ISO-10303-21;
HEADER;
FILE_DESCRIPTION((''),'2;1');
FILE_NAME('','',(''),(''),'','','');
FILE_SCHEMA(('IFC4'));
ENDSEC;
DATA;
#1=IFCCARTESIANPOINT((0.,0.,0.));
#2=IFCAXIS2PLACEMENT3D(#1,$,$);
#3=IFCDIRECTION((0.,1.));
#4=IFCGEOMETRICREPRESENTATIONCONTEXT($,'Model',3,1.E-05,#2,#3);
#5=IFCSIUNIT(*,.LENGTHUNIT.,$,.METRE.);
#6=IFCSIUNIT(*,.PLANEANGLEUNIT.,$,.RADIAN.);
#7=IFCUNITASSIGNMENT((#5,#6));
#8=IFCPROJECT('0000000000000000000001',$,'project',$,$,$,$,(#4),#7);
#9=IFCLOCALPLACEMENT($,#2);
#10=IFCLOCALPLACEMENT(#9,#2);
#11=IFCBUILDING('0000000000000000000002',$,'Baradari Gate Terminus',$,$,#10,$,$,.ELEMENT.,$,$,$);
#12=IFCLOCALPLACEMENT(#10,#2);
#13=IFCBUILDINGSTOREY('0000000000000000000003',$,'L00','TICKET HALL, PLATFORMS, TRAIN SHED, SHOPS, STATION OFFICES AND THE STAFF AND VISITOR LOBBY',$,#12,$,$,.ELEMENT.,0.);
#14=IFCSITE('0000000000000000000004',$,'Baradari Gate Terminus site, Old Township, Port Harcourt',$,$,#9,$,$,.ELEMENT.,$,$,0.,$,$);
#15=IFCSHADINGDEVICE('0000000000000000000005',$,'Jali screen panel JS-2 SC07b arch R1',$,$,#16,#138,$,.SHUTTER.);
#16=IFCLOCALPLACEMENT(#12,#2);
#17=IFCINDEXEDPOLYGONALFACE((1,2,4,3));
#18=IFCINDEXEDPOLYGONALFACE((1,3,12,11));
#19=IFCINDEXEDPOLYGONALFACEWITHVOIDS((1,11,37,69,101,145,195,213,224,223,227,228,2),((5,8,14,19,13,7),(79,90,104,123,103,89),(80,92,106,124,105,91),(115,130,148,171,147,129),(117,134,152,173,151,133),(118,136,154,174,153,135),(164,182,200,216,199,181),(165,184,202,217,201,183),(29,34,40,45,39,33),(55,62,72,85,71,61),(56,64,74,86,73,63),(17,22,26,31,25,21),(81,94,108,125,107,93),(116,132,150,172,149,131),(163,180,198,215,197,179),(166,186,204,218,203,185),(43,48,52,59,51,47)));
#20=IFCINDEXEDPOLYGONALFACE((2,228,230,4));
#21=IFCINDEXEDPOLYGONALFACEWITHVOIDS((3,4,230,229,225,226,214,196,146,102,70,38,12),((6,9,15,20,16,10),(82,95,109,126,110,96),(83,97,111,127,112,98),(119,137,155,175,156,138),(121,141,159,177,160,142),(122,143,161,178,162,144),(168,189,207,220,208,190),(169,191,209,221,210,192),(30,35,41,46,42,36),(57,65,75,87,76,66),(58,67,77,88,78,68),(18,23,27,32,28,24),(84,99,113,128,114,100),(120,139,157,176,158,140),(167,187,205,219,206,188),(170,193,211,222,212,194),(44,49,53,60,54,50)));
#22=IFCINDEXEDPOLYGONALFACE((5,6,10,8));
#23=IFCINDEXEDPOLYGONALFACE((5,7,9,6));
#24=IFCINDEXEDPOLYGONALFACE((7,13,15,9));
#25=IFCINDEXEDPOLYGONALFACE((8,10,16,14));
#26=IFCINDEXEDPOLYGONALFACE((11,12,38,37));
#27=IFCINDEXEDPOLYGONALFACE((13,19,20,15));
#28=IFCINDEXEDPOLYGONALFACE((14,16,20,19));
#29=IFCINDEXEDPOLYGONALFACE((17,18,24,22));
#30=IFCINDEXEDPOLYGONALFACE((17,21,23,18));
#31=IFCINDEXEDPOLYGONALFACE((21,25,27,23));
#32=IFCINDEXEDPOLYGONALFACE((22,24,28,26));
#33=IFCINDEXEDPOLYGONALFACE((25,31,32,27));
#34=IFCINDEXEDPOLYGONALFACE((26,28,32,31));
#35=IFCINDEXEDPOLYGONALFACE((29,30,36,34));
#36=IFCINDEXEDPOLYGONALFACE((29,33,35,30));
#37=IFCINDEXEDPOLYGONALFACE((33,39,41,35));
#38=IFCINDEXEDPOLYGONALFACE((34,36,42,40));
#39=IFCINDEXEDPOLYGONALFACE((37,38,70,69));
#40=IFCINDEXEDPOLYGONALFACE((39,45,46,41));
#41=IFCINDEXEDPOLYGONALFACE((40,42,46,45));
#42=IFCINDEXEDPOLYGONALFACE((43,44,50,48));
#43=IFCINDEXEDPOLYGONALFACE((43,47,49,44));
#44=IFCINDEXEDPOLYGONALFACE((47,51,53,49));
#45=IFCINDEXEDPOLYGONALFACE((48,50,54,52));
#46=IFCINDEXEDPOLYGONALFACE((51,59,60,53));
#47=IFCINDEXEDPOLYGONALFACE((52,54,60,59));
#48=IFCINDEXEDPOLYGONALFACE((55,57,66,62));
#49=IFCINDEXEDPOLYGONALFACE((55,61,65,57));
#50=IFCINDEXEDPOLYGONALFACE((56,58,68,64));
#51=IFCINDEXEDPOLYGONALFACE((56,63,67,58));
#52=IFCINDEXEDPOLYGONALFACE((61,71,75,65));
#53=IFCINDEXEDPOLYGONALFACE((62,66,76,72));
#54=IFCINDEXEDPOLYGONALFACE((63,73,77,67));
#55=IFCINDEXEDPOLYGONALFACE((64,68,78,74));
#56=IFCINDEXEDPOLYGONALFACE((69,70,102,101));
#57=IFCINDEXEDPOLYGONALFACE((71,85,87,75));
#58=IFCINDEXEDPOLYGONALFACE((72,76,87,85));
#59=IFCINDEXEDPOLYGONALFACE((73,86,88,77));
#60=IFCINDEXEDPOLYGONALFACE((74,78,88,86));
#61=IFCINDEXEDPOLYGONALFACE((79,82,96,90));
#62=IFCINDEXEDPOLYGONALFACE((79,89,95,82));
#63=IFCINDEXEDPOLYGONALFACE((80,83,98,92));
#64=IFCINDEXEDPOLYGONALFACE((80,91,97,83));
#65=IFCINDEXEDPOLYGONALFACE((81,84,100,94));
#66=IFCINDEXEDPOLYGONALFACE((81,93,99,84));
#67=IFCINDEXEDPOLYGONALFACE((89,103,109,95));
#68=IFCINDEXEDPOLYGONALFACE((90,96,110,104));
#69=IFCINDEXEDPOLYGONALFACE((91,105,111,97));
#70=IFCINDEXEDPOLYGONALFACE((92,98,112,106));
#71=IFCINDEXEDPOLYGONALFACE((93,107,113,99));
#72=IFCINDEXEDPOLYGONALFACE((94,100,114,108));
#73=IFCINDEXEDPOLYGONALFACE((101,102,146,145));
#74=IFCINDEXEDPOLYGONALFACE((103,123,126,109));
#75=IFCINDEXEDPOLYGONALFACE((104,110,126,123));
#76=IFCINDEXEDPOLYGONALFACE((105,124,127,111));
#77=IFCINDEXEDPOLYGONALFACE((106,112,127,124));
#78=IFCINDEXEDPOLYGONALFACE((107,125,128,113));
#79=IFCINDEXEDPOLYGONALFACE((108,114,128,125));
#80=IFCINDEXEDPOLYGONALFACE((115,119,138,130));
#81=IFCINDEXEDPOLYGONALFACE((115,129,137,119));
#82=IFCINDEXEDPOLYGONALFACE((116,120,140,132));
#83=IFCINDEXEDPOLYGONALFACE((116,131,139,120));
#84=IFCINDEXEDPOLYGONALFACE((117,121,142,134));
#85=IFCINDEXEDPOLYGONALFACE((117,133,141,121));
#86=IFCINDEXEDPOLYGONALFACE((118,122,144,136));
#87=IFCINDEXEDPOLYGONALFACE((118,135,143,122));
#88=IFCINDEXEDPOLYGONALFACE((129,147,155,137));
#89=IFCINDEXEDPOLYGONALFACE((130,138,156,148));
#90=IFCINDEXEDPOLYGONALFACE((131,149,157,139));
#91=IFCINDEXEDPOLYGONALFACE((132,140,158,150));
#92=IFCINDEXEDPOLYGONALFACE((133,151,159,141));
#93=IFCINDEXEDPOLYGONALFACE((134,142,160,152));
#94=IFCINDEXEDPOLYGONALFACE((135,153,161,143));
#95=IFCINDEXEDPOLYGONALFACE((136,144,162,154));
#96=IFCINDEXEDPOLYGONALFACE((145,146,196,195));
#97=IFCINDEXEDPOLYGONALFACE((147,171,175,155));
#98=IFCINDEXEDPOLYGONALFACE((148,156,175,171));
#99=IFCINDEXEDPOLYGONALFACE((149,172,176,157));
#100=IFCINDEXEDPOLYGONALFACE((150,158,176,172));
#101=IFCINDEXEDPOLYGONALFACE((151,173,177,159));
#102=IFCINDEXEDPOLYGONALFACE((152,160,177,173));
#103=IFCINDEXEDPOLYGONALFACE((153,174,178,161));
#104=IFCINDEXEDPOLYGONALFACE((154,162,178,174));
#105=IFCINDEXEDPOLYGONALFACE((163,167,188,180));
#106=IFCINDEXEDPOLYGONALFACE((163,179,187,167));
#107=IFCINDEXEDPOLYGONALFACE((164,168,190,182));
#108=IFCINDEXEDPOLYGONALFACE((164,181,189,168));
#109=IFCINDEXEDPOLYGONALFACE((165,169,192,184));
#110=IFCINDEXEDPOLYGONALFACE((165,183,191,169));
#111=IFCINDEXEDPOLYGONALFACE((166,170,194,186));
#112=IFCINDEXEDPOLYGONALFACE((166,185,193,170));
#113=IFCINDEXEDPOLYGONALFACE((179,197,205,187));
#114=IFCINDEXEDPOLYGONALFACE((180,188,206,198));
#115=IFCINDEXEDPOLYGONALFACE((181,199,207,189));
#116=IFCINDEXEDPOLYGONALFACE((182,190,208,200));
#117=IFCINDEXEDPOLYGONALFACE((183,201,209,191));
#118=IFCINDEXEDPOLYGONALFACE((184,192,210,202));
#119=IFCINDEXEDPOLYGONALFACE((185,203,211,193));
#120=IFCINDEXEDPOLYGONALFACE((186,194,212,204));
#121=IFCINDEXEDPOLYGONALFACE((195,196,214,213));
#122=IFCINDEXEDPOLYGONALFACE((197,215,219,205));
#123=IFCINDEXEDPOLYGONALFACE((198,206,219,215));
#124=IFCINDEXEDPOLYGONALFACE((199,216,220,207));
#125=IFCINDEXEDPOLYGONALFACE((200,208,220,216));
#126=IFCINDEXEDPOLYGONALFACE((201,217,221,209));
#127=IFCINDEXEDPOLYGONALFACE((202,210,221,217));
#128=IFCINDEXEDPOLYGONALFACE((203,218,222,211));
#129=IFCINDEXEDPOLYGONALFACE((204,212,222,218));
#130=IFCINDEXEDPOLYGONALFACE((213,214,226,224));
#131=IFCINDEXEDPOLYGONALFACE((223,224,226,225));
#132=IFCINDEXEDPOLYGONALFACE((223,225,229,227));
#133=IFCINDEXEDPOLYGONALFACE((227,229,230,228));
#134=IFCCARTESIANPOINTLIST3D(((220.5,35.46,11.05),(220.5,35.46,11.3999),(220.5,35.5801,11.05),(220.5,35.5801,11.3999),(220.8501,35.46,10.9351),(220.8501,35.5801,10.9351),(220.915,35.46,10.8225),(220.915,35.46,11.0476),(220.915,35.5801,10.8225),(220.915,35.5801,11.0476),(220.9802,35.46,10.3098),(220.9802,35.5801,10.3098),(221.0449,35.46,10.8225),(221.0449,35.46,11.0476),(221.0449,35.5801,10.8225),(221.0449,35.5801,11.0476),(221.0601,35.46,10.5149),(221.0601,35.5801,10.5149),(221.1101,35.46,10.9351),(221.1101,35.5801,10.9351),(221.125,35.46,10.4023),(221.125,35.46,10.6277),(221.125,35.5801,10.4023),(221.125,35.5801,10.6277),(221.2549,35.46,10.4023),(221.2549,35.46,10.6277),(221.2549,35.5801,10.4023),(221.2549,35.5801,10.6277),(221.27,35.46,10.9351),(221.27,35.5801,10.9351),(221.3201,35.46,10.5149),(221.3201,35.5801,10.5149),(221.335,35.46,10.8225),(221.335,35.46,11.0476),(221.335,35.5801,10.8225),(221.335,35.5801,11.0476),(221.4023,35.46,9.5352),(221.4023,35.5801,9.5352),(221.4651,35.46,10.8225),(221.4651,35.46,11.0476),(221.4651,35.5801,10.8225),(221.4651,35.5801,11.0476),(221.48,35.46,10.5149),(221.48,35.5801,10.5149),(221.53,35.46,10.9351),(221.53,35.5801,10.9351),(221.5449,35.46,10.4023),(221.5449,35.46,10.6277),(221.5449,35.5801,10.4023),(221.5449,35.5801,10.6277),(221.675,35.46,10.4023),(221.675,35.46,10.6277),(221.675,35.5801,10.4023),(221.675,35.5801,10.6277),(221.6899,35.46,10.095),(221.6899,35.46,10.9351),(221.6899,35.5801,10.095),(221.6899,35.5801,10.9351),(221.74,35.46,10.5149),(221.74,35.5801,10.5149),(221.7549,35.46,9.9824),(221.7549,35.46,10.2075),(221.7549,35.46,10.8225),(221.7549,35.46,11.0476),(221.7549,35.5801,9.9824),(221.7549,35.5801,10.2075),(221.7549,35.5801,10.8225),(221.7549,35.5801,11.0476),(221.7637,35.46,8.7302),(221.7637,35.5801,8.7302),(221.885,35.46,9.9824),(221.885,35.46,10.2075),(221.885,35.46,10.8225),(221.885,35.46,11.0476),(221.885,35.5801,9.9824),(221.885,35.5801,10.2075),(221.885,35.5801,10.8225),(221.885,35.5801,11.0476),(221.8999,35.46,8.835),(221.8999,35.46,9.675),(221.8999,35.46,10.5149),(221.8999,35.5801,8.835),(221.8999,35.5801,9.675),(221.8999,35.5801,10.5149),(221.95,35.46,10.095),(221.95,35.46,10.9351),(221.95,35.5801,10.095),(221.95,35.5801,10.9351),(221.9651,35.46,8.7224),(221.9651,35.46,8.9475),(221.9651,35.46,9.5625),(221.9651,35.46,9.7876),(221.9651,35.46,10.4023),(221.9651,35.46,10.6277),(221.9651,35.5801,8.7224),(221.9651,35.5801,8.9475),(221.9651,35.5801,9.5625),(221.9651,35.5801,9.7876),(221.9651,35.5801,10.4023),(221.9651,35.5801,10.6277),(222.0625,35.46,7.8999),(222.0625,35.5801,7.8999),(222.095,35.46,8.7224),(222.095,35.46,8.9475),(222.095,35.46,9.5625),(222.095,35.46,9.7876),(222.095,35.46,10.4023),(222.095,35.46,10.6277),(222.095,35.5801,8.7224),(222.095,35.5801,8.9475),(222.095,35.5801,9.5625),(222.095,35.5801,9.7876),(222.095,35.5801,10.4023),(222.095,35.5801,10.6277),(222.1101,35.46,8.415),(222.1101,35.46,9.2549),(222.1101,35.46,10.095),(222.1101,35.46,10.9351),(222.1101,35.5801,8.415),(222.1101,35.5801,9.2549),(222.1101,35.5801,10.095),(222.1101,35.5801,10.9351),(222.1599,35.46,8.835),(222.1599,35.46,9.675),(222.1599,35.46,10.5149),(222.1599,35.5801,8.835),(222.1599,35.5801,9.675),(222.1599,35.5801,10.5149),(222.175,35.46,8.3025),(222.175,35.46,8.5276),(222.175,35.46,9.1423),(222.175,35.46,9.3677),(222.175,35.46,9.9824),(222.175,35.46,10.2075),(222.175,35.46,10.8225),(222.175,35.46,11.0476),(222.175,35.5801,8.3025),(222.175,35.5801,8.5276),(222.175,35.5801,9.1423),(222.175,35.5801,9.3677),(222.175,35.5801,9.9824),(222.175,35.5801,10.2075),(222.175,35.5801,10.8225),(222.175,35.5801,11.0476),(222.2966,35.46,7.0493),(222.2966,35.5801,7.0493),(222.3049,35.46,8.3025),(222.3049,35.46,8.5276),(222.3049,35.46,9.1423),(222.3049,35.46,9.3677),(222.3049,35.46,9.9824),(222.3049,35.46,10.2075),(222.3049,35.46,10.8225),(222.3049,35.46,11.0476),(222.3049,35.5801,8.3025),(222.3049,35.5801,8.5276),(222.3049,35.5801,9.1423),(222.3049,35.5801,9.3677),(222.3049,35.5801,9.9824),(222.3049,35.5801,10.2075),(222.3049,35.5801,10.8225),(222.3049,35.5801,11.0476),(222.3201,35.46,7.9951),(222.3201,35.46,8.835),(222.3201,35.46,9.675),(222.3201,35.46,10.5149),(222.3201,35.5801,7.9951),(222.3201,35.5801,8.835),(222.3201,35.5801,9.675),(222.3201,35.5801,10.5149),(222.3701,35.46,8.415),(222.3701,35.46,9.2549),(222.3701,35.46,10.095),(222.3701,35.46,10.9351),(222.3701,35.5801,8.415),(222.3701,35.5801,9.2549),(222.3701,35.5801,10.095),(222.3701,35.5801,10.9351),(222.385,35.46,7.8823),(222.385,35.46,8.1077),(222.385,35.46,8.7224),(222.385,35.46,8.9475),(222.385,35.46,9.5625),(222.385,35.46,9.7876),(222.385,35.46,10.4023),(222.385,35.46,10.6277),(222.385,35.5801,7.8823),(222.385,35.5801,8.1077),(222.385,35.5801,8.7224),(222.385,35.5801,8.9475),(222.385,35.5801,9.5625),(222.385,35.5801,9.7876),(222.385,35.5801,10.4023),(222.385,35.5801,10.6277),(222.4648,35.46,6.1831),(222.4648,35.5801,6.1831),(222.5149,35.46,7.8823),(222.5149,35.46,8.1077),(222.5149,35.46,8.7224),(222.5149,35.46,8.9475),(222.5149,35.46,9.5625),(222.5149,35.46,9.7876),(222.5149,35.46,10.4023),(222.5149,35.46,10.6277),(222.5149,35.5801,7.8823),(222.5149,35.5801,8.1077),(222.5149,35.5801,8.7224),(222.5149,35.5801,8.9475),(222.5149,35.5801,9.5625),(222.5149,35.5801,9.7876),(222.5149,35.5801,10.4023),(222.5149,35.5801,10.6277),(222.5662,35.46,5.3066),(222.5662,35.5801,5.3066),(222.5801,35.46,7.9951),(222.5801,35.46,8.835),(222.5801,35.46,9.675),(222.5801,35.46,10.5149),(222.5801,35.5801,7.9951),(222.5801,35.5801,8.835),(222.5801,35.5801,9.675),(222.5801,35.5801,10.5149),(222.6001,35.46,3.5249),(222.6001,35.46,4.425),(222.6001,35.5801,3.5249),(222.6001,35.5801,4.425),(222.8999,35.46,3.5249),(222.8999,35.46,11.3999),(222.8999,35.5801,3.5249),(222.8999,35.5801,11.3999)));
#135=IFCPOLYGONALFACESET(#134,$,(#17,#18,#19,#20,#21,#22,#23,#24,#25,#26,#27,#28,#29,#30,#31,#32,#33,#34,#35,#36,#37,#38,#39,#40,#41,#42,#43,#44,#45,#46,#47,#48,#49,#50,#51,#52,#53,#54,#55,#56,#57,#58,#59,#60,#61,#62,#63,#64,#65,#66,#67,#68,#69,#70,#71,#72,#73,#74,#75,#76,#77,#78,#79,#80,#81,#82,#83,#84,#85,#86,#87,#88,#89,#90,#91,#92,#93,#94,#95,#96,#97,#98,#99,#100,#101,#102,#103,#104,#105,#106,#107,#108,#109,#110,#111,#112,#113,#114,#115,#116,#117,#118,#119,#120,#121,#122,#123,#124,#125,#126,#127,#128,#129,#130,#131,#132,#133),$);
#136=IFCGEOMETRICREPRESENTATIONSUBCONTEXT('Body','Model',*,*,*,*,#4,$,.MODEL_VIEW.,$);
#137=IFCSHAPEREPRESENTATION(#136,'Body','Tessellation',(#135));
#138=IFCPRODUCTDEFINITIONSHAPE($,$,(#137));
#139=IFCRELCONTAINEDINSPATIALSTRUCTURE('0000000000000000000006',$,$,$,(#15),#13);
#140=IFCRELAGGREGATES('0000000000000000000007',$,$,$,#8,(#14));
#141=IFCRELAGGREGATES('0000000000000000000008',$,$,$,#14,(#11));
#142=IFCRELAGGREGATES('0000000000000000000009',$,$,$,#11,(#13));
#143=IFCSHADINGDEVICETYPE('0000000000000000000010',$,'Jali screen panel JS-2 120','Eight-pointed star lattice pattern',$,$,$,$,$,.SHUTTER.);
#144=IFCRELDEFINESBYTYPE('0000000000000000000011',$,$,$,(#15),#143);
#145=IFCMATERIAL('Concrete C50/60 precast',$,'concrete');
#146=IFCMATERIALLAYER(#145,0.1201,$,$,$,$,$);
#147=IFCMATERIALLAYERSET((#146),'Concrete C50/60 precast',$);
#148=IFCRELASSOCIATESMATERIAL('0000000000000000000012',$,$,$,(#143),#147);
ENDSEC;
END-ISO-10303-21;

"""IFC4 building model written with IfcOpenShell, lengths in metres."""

from ifc_helpers import new_model, si_unit, direction, frame, origin, place, context, subcontext, project, spatial, polyline, outline, extrude, material, layer, layer_set, type_object, element, save


model = new_model("IFC4")

# Units and contexts
model_context = context("Model", 3, precision=1e-05, world=origin(), true_north=direction((0.0, 1.0)))
body_context = subcontext(model_context, "Body", "Model", "MODEL_VIEW")
ifc_project = project(units=[si_unit("LENGTHUNIT", "METRE"), si_unit("PLANEANGLEUNIT", "RADIAN")], contexts=[model_context])

# Site, building, storey
site_placement = place(None, origin())
site = spatial("IfcSite", under=ifc_project, at=site_placement, Name="Baradari Gate Terminus site, Old Township, Port Harcourt", CompositionType="ELEMENT", RefElevation=0.0)
building_placement = place(site_placement, origin())
building = spatial("IfcBuilding", under=site, at=building_placement, Name="Baradari Gate Terminus", CompositionType="ELEMENT")
storey_placement = place(building_placement, origin())
storey = spatial("IfcBuildingStorey", under=building, at=storey_placement, Name="L00", Description="TICKET HALL, PLATFORMS, TRAIN SHED, SHOPS, STATION OFFICES AND THE STAFF AND VISITOR LOBBY", CompositionType="ELEMENT", Elevation=0.0)

# Shading device
ifc_material_1 = material(Name="Concrete C50/60 precast", Category="concrete")
ifc_layer_1 = layer(ifc_material_1, 0.1201)
ifc_layer_set_1 = layer_set([ifc_layer_1], Name="Concrete C50/60 precast")
shading_device_type = type_object("IfcShadingDeviceType", Name="Jali screen panel JS-2 120", Description="Eight-pointed star lattice pattern", PredefinedType="SHUTTER", material=ifc_layer_set_1)
shading_device_1_placement = place(storey_placement, frame((220.5, 35.52, 3.5249), z_axis=(0.0, 0.0, 1.0), x_axis=(1.0, 0.0, 0.0)))
element("IfcShadingDevice", 1, at=shading_device_1_placement, inside=storey, type_object=shading_device_type, Name="Jali screen panel JS-2 SC07b arch R1", PredefinedType="SHUTTER", context=body_context, shape_type="SweptSolid", body=[
    extrude(outline(polyline([(0.0, 7.875), (0.0, 7.5251), (0.4802, 6.7849), (0.9023, 6.0103), (1.2637, 5.2053), (1.5625, 4.375), (1.7966, 3.5244), (1.9648, 2.6582), (2.0662, 1.7817), (2.1001, 0.9001), (2.1001, 0.0), (2.3999, 0.0), (2.3999, 7.875), (0.0, 7.875)]), holes=[polyline([(2.0801, 4.4702), (2.0149, 4.3574), (1.885, 4.3574), (1.8201, 4.4702), (1.885, 4.5828), (2.0149, 4.5828), (2.0801, 4.4702)]), polyline([(1.8701, 4.8901), (1.8049, 4.7776), (1.675, 4.7776), (1.6101, 4.8901), (1.675, 5.0027), (1.8049, 5.0027), (1.8701, 4.8901)]), polyline([(1.6599, 5.3101), (1.595, 5.1975), (1.4651, 5.1975), (1.3999, 5.3101), (1.4651, 5.4226), (1.595, 5.4226), (1.6599, 5.3101)]), polyline([(2.0801, 5.3101), (2.0149, 5.1975), (1.885, 5.1975), (1.8201, 5.3101), (1.885, 5.4226), (2.0149, 5.4226), (2.0801, 5.3101)]), polyline([(1.8701, 5.73), (1.8049, 5.6174), (1.675, 5.6174), (1.6101, 5.73), (1.675, 5.8428), (1.8049, 5.8428), (1.8701, 5.73)]), polyline([(1.6599, 6.1501), (1.595, 6.0376), (1.4651, 6.0376), (1.3999, 6.1501), (1.4651, 6.2627), (1.595, 6.2627), (1.6599, 6.1501)]), polyline([(2.0801, 6.1501), (2.0149, 6.0376), (1.885, 6.0376), (1.8201, 6.1501), (1.885, 6.2627), (2.0149, 6.2627), (2.0801, 6.1501)]), polyline([(1.45, 6.5701), (1.385, 6.4575), (1.2549, 6.4575), (1.1899, 6.5701), (1.2549, 6.6826), (1.385, 6.6826), (1.45, 6.5701)]), polyline([(1.8701, 6.5701), (1.8049, 6.4575), (1.675, 6.4575), (1.6101, 6.5701), (1.675, 6.6826), (1.8049, 6.6826), (1.8701, 6.5701)]), polyline([(0.8201, 6.99), (0.7549, 6.8774), (0.625, 6.8774), (0.5601, 6.99), (0.625, 7.1028), (0.7549, 7.1028), (0.8201, 6.99)]), polyline([(1.24, 6.99), (1.175, 6.8774), (1.0449, 6.8774), (0.98, 6.99), (1.0449, 7.1028), (1.175, 7.1028), (1.24, 6.99)]), polyline([(1.6599, 6.99), (1.595, 6.8774), (1.4651, 6.8774), (1.3999, 6.99), (1.4651, 7.1028), (1.595, 7.1028), (1.6599, 6.99)]), polyline([(2.0801, 6.99), (2.0149, 6.8774), (1.885, 6.8774), (1.8201, 6.99), (1.885, 7.1028), (2.0149, 7.1028), (2.0801, 6.99)]), polyline([(0.6101, 7.4102), (0.5449, 7.2976), (0.415, 7.2976), (0.3501, 7.4102), (0.415, 7.5227), (0.5449, 7.5227), (0.6101, 7.4102)]), polyline([(1.03, 7.4102), (0.9651, 7.2976), (0.835, 7.2976), (0.77, 7.4102), (0.835, 7.5227), (0.9651, 7.5227), (1.03, 7.4102)]), polyline([(1.45, 7.4102), (1.385, 7.2976), (1.2549, 7.2976), (1.1899, 7.4102), (1.2549, 7.5227), (1.385, 7.5227), (1.45, 7.4102)]), polyline([(1.8701, 7.4102), (1.8049, 7.2976), (1.675, 7.2976), (1.6101, 7.4102), (1.675, 7.5227), (1.8049, 7.5227), (1.8701, 7.4102)])]), frame((0.0, 0.0601, 0.0), z_axis=(0.0, -1.0, 0.0), x_axis=(1.0, 0.0, 0.0)), (0.0, 0.0, 1.0), 0.1201),
])

save(model, "model.ifc")
